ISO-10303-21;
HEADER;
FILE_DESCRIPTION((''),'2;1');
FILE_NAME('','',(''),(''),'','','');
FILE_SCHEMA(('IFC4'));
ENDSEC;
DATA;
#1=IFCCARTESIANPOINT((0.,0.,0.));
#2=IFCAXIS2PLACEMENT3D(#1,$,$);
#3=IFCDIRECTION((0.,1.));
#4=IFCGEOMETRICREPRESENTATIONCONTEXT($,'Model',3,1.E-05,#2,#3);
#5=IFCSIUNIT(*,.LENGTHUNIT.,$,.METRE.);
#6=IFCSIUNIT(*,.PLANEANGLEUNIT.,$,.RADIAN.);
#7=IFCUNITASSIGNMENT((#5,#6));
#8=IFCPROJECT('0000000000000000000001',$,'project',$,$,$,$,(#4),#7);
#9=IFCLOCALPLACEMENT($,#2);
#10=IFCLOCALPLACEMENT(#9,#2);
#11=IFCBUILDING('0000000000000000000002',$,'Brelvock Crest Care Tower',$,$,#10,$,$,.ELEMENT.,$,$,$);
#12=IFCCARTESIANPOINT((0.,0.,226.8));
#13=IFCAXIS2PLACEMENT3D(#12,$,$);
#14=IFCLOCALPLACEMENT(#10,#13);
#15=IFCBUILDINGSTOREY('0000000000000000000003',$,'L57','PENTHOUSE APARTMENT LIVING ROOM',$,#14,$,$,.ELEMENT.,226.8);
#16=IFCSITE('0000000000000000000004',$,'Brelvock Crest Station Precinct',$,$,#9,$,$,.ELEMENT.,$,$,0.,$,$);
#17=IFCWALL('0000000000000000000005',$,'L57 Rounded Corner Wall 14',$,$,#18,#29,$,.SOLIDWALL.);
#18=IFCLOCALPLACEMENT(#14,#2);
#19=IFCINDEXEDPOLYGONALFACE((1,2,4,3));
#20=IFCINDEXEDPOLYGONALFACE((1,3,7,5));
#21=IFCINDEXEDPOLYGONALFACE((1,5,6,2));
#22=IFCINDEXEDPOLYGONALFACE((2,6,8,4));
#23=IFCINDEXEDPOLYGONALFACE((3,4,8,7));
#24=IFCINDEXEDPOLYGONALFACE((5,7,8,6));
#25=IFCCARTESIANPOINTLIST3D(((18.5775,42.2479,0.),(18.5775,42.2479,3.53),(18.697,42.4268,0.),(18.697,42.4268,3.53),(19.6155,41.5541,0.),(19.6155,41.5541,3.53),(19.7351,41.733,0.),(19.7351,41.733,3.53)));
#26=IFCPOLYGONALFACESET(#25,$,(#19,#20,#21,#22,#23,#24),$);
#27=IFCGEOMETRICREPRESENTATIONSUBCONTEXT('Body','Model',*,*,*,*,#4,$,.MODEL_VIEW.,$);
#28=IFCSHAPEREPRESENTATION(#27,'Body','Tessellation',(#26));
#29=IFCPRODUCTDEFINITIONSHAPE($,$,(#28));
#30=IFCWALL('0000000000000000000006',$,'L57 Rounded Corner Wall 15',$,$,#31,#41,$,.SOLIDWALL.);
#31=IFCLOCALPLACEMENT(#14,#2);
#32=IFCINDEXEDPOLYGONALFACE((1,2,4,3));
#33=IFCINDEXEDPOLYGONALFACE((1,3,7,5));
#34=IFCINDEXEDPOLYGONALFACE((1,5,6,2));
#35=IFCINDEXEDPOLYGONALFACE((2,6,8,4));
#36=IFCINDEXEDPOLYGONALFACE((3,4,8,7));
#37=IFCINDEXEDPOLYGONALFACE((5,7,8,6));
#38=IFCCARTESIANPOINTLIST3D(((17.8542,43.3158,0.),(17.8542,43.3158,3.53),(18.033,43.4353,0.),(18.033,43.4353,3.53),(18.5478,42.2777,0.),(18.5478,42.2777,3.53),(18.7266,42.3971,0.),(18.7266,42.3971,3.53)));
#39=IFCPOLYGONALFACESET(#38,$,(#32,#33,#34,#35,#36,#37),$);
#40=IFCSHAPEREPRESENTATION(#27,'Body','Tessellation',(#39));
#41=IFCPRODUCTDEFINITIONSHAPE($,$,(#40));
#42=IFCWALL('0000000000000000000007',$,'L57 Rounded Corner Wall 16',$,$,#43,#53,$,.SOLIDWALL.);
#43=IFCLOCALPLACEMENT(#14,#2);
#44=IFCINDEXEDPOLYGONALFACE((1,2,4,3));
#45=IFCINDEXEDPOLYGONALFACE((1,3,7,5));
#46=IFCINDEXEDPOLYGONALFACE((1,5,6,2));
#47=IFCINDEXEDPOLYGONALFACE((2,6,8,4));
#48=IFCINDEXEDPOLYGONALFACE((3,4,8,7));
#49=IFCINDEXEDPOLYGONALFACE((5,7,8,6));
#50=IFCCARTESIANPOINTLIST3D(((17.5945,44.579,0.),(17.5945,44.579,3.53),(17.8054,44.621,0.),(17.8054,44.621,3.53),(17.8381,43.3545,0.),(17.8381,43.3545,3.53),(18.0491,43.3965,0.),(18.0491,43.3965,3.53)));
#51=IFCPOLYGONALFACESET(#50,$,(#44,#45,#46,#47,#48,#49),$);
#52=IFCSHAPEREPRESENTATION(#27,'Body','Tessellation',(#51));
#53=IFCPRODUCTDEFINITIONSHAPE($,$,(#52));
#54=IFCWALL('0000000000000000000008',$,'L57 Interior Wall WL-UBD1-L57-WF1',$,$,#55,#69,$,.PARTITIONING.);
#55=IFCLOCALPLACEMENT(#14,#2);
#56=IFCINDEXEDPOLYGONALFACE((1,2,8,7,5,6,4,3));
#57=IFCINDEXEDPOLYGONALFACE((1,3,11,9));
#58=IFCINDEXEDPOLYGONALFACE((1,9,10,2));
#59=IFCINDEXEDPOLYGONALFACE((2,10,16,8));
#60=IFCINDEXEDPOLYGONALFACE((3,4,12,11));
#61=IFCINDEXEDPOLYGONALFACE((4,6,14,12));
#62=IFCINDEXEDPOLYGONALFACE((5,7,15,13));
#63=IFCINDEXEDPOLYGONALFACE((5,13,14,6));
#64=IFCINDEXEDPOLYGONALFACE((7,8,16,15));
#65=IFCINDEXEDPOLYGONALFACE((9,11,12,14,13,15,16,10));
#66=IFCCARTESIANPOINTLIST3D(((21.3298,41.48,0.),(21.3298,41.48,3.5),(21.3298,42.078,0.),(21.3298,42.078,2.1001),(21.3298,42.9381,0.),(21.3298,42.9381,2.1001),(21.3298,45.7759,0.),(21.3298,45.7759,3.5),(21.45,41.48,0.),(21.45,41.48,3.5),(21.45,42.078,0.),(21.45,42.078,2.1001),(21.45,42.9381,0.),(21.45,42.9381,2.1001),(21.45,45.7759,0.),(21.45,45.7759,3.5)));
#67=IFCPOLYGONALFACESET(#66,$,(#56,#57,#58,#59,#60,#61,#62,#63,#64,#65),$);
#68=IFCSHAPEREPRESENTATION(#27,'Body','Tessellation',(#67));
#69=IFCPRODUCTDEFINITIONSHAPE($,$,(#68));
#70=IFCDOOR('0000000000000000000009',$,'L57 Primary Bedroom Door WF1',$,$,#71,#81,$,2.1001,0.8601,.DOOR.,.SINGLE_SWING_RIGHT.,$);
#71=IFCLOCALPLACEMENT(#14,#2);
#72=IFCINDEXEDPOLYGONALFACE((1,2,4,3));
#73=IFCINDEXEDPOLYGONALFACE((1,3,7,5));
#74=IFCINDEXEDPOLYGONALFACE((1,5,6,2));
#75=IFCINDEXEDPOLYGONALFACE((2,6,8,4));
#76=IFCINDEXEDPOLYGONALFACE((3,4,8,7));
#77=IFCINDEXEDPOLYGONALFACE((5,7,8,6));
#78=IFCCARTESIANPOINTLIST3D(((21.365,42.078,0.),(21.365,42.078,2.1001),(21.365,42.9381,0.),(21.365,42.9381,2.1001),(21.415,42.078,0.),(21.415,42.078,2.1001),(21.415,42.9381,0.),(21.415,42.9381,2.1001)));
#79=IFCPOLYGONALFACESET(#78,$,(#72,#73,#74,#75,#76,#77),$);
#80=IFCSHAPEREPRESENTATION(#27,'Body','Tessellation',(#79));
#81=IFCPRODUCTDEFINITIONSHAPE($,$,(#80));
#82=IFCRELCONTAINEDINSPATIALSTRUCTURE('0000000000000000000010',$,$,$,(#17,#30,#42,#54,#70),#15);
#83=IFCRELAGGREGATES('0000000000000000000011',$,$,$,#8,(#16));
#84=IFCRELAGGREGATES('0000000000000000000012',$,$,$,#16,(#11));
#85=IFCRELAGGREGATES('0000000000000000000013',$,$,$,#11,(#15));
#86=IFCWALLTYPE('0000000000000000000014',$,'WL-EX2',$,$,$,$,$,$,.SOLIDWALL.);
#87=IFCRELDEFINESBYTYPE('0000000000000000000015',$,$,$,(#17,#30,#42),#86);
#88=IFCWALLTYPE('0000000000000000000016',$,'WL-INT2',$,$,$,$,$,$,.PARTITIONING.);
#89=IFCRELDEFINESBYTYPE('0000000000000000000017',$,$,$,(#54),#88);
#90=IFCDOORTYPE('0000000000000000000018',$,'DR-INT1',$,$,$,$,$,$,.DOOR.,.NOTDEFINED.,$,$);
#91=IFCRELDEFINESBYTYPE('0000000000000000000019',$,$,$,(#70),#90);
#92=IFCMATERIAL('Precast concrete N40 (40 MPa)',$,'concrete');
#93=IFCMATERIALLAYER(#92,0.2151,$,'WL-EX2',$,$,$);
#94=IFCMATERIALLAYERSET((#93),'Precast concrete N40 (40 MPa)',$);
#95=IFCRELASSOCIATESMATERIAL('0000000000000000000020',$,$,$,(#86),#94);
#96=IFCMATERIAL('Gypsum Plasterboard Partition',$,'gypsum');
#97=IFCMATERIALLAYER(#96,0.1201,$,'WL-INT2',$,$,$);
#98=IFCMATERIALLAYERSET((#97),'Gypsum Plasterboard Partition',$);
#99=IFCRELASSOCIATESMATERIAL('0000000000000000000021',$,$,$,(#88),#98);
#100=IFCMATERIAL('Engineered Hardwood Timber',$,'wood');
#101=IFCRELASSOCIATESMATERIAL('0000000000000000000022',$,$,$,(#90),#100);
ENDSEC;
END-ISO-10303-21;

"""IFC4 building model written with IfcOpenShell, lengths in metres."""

from ifc_helpers import new_model, si_unit, direction, frame, frame_2d, origin, origin_2d, place, context, subcontext, project, spatial, rectangle, extrude, source, transform, mapped, material, layer, layer_set, type_object, element, fill, save


model = new_model("IFC4")

# Units and contexts
model_context = context("Model", 3, precision=1e-05, world=origin(), true_north=direction((0.0, 1.0)))
body_context = subcontext(model_context, "Body", "Model", "MODEL_VIEW")
ifc_project = project(units=[si_unit("LENGTHUNIT", "METRE"), si_unit("PLANEANGLEUNIT", "RADIAN")], contexts=[model_context])

# Site, building, storey
site_placement = place(None, origin())
site = spatial("IfcSite", under=ifc_project, at=site_placement, Name="Brelvock Crest Station Precinct", CompositionType="ELEMENT", RefElevation=0.0)
building_placement = place(site_placement, origin())
building = spatial("IfcBuilding", under=site, at=building_placement, Name="Brelvock Crest Care Tower", CompositionType="ELEMENT")
storey_placement = place(building_placement, frame((0.0, 0.0, 226.8)))
storey = spatial("IfcBuildingStorey", under=building, at=storey_placement, Name="L57", Description="PENTHOUSE APARTMENT LIVING ROOM", CompositionType="ELEMENT", Elevation=226.8)

# Walls
ifc_material_1 = material(Name="Precast concrete N40 (40 MPa)", Category="concrete")
ifc_layer_1 = layer(ifc_material_1, 0.2151, Name="WL-EX2")
ifc_layer_set_1 = layer_set([ifc_layer_1], Name="Precast concrete N40 (40 MPa)")
wall_type_1 = type_object("IfcWallType", Name="WL-EX2", PredefinedType="SOLIDWALL", material=ifc_layer_set_1)
for number, where, z_axis, x_axis, name in (
    (1, (19.6753, 41.6436, 0.0), (0.0, 0.0, 1.0), (-0.831388, 0.555692, 0.0), "L57 Rounded Corner Wall 14"),
    (2, (18.6372, 42.3374, 0.0), (0.0, 0.0, 1.0), (-0.555557, 0.831478, 0.0), "L57 Rounded Corner Wall 15"),
    (3, (17.9436, 43.3755, 0.0), (0.0, 0.0, 1.0), (-0.195138, 0.980776, 0.0), "L57 Rounded Corner Wall 16"),
):
    element("IfcWall", number, at=place(storey_placement, frame(where, z_axis=z_axis, x_axis=x_axis)), inside=storey, type_object=wall_type_1, Name=name, PredefinedType="SOLIDWALL", context=body_context, shape_type="SweptSolid", body=[
        extrude(rectangle(XDim=1.2485, YDim=0.2151, at=frame_2d((0.6243, 0.0))), origin(), (0.0, 0.0, 1.0), 3.53),
    ])

# Wall, opening, door
ifc_material_2 = material(Name="Gypsum Plasterboard Partition", Category="gypsum")
ifc_layer_2 = layer(ifc_material_2, 0.1201, Name="WL-INT2")
ifc_layer_set_2 = layer_set([ifc_layer_2], Name="Gypsum Plasterboard Partition")
wall_type_2 = type_object("IfcWallType", Name="WL-INT2", PredefinedType="PARTITIONING", material=ifc_layer_set_2)
wall_placement = place(storey_placement, frame((21.3899, 41.48, 0.0), z_axis=(0.0, 0.0, 1.0), x_axis=(0.0, 1.0, 0.0)))
wall = element("IfcWall", 4, at=wall_placement, inside=storey, type_object=wall_type_2, Name="L57 Interior Wall WL-UBD1-L57-WF1", PredefinedType="PARTITIONING", context=body_context, shape_type="SweptSolid", body=[
    extrude(rectangle(XDim=4.2959, YDim=0.1201, at=frame_2d((2.1479, 0.0))), origin(), (0.0, 0.0, 1.0), 3.5),
])
opening_placement = place(wall_placement, frame((0.5979, 0.0, 0.0)))
opening = element("IfcOpeningElement", 5, at=opening_placement, cuts=wall, PredefinedType="OPENING", context=body_context, shape_type="SweptSolid", body=[
    extrude(rectangle(XDim=0.8601, YDim=2.1001, at=origin_2d()), frame((0.4302, 0.0701, 1.05), z_axis=(0.0, -1.0, 0.0), x_axis=(1.0, 0.0, 0.0)), (0.0, 0.0, 1.0), 0.1401),
])
ifc_material_3 = material(Name="Engineered Hardwood Timber", Category="wood")
door_type = type_object("IfcDoorType", Name="DR-INT1", OperationType="NOTDEFINED", PredefinedType="DOOR", material=ifc_material_3)
shared_shape_1 = source(origin(), body_context, "Body", "SweptSolid", [
    extrude(rectangle(XDim=0.8601, YDim=2.1001, at=origin_2d()), frame((0.4302, 0.0249, 1.05), z_axis=(0.0, -1.0, 0.0), x_axis=(1.0, 0.0, 0.0)), (0.0, 0.0, 1.0), 0.05),
])
door_placement = place(opening_placement, origin())
door = element("IfcDoor", 6, at=door_placement, inside=storey, type_object=door_type, Name="L57 Primary Bedroom Door WF1", OperationType="SINGLE_SWING_RIGHT", OverallHeight=2.1001, OverallWidth=0.8601, PredefinedType="DOOR", context=body_context, shape_type="MappedRepresentation", body=[
    mapped(shared_shape_1, transform((0.0, 0.0, 0.0), x_axis=(1.0, 0.0, 0.0), y_axis=(0.0, 1.0, 0.0), z_axis=(0.0, 0.0, 1.0), scale=1.0)),
])
fill(opening, door)

save(model, "model.ifc")
